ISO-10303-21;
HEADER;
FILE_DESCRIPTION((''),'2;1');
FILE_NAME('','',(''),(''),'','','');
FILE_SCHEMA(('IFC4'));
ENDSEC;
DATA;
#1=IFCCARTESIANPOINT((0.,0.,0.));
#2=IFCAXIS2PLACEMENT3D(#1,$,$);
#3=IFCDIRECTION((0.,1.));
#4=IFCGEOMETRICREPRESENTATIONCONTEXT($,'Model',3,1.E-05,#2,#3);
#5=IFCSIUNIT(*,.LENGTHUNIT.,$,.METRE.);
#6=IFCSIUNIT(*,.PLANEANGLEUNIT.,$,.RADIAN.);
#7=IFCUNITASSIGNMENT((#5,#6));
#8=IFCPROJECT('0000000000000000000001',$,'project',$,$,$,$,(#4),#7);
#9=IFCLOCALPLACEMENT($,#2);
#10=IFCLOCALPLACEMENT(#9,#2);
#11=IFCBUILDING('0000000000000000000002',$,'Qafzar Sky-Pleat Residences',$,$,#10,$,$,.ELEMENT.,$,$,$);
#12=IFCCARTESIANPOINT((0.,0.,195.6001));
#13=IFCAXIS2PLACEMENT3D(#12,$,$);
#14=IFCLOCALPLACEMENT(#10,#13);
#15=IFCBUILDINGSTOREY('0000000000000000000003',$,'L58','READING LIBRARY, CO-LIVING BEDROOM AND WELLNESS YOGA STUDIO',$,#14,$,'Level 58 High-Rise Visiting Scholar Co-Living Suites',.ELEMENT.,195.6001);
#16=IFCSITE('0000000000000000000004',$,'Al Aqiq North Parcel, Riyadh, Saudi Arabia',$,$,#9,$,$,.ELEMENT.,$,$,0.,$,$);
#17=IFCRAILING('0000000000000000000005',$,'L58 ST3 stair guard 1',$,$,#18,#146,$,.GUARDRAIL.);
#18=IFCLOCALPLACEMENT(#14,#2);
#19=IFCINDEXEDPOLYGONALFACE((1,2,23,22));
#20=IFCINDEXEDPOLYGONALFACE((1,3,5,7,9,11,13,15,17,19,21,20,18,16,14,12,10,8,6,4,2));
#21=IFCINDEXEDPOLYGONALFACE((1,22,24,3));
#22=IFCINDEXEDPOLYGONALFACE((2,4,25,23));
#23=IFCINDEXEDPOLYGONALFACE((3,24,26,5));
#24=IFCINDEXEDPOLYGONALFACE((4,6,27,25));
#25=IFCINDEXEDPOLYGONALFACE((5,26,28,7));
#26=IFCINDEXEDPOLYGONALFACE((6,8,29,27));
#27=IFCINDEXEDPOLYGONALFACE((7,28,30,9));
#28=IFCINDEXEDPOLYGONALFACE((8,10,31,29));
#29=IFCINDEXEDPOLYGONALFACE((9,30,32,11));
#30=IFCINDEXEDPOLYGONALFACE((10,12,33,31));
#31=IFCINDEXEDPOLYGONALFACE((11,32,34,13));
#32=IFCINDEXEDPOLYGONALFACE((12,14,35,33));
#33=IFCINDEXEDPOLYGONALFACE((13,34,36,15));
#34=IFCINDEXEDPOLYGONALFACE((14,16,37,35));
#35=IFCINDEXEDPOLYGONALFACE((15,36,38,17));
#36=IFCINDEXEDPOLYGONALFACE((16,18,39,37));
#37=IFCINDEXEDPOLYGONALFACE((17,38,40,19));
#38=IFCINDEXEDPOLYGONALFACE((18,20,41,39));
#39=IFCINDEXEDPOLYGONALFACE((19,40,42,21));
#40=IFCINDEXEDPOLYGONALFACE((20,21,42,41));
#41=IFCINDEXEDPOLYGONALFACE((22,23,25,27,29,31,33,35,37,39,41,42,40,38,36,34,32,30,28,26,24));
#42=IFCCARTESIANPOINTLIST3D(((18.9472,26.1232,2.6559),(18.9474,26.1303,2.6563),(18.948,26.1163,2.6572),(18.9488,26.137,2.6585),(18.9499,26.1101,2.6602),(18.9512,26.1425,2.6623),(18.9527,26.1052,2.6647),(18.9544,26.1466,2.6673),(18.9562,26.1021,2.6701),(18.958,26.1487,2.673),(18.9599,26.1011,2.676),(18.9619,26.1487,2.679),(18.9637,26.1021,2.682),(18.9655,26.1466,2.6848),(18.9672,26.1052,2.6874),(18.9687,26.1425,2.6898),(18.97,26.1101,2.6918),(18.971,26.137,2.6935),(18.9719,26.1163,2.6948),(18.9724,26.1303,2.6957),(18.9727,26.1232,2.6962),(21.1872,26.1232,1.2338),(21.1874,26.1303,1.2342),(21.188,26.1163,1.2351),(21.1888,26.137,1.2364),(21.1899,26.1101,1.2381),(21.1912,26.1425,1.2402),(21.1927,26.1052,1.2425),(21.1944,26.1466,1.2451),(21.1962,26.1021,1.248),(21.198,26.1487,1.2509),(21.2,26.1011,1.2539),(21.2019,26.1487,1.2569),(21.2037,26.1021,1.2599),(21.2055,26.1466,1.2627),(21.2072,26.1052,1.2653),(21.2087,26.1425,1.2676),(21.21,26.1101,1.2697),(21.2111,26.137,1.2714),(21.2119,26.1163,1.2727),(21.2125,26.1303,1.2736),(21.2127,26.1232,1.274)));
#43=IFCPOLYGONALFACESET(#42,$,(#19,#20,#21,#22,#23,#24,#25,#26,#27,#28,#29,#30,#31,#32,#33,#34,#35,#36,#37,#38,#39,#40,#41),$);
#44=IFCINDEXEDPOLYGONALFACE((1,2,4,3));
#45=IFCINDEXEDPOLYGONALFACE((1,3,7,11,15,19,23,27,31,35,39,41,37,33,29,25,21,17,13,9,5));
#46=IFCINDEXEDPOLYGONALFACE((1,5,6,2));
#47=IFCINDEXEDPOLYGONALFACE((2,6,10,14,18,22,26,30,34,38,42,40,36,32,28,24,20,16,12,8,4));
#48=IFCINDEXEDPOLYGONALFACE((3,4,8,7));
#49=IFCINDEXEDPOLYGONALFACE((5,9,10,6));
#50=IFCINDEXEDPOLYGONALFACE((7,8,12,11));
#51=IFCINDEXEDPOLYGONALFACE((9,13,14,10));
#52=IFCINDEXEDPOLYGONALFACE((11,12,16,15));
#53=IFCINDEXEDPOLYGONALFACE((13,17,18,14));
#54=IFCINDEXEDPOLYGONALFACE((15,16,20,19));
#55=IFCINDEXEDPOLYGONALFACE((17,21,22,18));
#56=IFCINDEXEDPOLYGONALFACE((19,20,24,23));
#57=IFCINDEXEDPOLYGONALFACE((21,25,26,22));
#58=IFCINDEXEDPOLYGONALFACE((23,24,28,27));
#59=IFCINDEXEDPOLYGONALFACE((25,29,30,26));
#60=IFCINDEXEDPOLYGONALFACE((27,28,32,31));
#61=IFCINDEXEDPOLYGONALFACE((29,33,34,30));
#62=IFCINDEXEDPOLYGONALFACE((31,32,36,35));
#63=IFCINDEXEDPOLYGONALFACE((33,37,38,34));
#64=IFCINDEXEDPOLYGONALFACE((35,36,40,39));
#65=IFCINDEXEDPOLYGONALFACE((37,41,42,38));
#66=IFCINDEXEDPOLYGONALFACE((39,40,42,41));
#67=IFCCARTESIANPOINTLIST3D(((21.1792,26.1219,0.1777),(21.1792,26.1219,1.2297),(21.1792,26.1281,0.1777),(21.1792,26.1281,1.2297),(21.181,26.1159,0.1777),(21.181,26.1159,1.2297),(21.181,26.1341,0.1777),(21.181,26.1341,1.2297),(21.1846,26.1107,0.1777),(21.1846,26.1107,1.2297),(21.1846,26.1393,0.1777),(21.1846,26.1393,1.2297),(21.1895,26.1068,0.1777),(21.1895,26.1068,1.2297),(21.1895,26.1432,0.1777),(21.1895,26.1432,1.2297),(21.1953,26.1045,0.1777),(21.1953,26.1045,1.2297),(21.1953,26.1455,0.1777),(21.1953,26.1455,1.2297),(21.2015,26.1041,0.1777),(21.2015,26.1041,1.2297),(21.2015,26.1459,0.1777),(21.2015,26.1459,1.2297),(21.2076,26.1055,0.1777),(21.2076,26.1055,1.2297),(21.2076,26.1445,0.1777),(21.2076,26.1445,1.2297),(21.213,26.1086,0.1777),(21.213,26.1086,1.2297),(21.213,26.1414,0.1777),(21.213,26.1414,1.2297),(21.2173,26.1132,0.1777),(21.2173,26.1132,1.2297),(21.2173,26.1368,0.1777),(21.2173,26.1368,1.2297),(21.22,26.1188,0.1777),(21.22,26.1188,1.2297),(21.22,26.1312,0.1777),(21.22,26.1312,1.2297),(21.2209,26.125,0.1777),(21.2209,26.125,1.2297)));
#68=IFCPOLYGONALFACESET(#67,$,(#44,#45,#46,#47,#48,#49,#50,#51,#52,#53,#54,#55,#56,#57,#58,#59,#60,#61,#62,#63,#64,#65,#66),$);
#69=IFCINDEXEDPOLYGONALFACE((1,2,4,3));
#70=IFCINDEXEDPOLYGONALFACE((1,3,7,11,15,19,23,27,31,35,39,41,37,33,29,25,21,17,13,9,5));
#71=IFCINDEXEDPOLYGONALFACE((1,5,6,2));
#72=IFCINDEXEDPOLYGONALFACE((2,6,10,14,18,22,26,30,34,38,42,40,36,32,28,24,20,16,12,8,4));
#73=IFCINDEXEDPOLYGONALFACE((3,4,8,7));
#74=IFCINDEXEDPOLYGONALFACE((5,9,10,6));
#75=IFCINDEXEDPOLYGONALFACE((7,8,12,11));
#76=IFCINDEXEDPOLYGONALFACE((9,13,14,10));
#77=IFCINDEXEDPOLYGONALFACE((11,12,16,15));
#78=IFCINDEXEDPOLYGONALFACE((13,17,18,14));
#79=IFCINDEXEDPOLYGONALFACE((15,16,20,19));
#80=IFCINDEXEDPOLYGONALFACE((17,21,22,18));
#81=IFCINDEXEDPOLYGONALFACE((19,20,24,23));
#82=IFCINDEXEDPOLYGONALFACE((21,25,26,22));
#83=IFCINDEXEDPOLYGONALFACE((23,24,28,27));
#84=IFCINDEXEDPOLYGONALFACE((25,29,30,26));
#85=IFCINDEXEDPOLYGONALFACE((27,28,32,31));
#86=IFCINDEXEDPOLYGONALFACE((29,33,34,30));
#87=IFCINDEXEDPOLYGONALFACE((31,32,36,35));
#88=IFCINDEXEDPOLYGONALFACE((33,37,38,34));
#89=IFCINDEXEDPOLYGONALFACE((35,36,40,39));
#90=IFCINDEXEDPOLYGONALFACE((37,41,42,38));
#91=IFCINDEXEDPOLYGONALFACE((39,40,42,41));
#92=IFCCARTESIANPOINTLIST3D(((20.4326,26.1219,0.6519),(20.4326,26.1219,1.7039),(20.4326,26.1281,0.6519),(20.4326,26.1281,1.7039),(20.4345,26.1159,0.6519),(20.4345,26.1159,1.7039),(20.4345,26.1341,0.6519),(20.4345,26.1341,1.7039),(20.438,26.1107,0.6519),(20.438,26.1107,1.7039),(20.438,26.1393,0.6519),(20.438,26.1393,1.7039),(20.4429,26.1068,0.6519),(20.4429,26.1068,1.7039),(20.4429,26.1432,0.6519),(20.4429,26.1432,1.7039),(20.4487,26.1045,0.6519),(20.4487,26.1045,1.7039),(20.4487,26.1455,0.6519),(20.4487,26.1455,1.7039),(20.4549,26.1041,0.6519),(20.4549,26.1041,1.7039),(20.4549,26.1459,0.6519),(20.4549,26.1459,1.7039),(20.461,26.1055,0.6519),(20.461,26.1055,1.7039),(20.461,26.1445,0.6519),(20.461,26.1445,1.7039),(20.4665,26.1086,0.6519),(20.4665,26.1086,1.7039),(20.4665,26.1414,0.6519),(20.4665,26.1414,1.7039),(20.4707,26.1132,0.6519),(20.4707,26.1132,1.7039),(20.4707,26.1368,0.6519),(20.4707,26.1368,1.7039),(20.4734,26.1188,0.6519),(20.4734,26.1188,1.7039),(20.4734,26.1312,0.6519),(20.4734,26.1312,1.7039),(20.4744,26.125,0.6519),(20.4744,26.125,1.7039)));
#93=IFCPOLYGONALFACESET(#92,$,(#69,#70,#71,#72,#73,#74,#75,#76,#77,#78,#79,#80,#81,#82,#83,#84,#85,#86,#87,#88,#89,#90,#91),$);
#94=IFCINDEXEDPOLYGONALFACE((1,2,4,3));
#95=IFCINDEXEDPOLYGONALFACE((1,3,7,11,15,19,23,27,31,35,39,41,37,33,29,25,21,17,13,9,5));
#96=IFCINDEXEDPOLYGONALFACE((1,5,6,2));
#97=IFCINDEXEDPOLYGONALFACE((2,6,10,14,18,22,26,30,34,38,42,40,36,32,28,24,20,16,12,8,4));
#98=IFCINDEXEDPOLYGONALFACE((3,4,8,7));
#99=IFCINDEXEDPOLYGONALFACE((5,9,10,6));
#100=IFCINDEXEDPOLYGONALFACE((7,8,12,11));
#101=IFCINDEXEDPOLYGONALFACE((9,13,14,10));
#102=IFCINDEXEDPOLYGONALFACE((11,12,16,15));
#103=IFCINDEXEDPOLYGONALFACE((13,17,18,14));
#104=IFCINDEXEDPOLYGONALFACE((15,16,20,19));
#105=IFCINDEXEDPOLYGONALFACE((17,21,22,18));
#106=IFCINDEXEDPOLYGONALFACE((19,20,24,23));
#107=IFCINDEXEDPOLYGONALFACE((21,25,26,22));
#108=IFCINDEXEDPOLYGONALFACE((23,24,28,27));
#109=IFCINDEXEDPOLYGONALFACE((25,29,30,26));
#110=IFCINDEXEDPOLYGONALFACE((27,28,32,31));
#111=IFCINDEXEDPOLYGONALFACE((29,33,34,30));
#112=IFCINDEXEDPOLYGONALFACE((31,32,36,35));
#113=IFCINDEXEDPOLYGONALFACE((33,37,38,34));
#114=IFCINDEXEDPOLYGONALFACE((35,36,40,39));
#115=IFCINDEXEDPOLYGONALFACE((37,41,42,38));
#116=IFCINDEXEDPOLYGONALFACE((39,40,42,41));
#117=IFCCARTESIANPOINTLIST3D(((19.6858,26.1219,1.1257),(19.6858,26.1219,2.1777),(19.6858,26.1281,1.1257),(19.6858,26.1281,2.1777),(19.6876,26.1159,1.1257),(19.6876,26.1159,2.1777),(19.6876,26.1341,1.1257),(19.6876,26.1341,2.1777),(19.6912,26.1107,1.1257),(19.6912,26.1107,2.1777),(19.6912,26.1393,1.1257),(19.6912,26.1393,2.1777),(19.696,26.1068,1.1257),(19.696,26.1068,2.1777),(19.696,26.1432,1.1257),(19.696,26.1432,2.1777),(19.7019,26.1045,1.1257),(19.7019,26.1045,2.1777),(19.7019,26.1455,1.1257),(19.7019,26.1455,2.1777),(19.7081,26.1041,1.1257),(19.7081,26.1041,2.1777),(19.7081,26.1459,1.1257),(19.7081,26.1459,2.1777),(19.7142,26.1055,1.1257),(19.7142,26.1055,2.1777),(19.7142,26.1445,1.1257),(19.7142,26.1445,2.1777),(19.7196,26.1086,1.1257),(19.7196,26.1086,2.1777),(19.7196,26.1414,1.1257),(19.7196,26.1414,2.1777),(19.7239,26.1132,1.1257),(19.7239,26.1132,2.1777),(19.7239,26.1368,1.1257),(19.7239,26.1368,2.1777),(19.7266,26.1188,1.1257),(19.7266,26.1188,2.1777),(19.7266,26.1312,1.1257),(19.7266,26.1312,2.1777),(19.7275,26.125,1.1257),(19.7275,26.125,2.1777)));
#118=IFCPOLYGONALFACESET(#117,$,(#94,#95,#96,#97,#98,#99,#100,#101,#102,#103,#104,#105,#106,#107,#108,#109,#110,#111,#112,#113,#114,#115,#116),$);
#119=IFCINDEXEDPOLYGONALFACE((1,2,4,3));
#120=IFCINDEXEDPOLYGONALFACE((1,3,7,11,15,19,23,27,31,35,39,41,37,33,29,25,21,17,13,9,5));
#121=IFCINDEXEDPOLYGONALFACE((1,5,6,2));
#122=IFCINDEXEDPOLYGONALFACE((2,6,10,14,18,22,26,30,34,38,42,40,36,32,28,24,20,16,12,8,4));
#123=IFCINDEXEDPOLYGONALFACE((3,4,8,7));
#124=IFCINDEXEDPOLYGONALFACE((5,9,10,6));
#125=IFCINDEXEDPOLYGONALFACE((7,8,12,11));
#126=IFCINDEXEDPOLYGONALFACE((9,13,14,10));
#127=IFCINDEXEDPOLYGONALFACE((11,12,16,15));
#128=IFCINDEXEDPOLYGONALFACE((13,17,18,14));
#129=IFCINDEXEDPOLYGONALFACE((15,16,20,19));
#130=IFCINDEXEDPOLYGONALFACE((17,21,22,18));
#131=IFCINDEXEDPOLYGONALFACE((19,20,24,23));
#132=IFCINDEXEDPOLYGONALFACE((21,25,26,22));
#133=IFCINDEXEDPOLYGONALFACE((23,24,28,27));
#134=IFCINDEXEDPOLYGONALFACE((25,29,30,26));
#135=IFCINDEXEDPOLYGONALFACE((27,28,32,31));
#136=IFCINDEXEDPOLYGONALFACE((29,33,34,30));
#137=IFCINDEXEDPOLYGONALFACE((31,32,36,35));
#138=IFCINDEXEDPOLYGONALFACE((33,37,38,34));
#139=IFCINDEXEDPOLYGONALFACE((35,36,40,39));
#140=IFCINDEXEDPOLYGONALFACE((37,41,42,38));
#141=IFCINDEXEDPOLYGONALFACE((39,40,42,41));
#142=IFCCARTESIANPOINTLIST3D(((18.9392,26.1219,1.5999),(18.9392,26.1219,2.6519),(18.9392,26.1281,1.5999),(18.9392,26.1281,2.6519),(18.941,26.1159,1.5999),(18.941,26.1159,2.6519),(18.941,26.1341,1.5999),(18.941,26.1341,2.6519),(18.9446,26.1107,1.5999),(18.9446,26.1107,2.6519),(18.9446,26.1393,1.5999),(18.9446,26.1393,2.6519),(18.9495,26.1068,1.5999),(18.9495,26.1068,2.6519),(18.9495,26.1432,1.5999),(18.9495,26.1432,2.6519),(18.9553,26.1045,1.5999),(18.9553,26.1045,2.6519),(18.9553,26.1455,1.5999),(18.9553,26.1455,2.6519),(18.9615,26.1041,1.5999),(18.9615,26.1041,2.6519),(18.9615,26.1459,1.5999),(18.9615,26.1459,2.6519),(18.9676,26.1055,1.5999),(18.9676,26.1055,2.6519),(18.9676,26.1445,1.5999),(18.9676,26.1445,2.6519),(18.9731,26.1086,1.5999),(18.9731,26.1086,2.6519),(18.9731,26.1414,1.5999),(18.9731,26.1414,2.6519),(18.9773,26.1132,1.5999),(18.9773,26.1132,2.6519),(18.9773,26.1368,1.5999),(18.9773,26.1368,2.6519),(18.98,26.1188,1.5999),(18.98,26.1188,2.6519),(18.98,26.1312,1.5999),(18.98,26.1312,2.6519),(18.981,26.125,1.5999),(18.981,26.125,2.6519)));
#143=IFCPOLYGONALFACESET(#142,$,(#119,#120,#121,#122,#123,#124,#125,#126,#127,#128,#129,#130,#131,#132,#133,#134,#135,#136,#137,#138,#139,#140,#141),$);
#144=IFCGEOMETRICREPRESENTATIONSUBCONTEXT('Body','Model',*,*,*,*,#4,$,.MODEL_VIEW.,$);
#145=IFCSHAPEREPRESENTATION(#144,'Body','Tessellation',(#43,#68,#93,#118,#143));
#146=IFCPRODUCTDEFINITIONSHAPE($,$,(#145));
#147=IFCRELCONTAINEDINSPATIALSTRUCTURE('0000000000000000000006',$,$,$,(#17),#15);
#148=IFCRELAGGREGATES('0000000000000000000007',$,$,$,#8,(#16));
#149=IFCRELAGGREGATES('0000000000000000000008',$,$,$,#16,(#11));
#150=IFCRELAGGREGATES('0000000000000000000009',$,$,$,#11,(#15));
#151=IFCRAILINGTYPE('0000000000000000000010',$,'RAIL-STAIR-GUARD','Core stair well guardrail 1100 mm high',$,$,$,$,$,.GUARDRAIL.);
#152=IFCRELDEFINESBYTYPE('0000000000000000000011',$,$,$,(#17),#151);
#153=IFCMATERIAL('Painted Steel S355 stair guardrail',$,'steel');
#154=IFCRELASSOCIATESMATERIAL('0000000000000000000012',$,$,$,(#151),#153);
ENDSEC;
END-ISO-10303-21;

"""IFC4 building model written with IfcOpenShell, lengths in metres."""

from ifc_helpers import new_model, si_unit, direction, frame, origin, origin_2d, place, context, subcontext, project, spatial, circle, extrude, source, transform, mapped, material, type_object, element, save


model = new_model("IFC4")

# Units and contexts
model_context = context("Model", 3, precision=1e-05, world=origin(), true_north=direction((0.0, 1.0)))
body_context = subcontext(model_context, "Body", "Model", "MODEL_VIEW")
ifc_project = project(units=[si_unit("LENGTHUNIT", "METRE"), si_unit("PLANEANGLEUNIT", "RADIAN")], contexts=[model_context])

# Site, building, storey
site_placement = place(None, origin())
site = spatial("IfcSite", under=ifc_project, at=site_placement, Name="Al Aqiq North Parcel, Riyadh, Saudi Arabia", CompositionType="ELEMENT", RefElevation=0.0)
building_placement = place(site_placement, origin())
building = spatial("IfcBuilding", under=site, at=building_placement, Name="Qafzar Sky-Pleat Residences", CompositionType="ELEMENT")
storey_placement = place(building_placement, frame((0.0, 0.0, 195.6001)))
storey = spatial("IfcBuildingStorey", under=building, at=storey_placement, Name="L58", Description="READING LIBRARY, CO-LIVING BEDROOM AND WELLNESS YOGA STUDIO", LongName="Level 58 High-Rise Visiting Scholar Co-Living Suites", CompositionType="ELEMENT", Elevation=195.6001)

# Railing
ifc_material_1 = material(Name="Painted Steel S355 stair guardrail", Category="steel")
railing_type_1 = type_object("IfcRailingType", Name="RAIL-STAIR-GUARD", Description="Core stair well guardrail 1100 mm high", PredefinedType="GUARDRAIL", material=ifc_material_1)
shared_shape_1 = source(origin(), body_context, "Body", "SweptSolid", [
    extrude(circle(Radius=0.0239, at=origin_2d()), frame((0.0, 0.0, 1.0762), z_axis=(-0.844229, 0.0, 0.535982), x_axis=(0.0, -1.0, 0.0)), (0.0, 0.0, 1.0), 2.6533),
    extrude(circle(Radius=0.021, at=origin_2d()), origin(), (0.0, 0.0, 1.0), 1.052),
    extrude(circle(Radius=0.021, at=origin_2d()), frame((-0.7466, 0.0, 0.4741)), (0.0, 0.0, 1.0), 1.052),
    extrude(circle(Radius=0.021, at=origin_2d()), frame((-1.4934, 0.0, 0.948)), (0.0, 0.0, 1.0), 1.052),
    extrude(circle(Radius=0.021, at=origin_2d()), frame((-2.24, 0.0, 1.4221)), (0.0, 0.0, 1.0), 1.052),
])
railing_1_placement = place(storey_placement, frame((21.2, 26.125, 0.1777)))
element("IfcRailing", 1, at=railing_1_placement, inside=storey, type_object=railing_type_1, Name="L58 ST3 stair guard 1", PredefinedType="GUARDRAIL", context=body_context, shape_type="MappedRepresentation", body=[
    mapped(shared_shape_1, transform((0.0, 0.0, 0.0), x_axis=(1.0, 0.0, 0.0), y_axis=(0.0, 1.0, 0.0), z_axis=(0.0, 0.0, 1.0), scale=1.0)),
])

save(model, "model.ifc")
